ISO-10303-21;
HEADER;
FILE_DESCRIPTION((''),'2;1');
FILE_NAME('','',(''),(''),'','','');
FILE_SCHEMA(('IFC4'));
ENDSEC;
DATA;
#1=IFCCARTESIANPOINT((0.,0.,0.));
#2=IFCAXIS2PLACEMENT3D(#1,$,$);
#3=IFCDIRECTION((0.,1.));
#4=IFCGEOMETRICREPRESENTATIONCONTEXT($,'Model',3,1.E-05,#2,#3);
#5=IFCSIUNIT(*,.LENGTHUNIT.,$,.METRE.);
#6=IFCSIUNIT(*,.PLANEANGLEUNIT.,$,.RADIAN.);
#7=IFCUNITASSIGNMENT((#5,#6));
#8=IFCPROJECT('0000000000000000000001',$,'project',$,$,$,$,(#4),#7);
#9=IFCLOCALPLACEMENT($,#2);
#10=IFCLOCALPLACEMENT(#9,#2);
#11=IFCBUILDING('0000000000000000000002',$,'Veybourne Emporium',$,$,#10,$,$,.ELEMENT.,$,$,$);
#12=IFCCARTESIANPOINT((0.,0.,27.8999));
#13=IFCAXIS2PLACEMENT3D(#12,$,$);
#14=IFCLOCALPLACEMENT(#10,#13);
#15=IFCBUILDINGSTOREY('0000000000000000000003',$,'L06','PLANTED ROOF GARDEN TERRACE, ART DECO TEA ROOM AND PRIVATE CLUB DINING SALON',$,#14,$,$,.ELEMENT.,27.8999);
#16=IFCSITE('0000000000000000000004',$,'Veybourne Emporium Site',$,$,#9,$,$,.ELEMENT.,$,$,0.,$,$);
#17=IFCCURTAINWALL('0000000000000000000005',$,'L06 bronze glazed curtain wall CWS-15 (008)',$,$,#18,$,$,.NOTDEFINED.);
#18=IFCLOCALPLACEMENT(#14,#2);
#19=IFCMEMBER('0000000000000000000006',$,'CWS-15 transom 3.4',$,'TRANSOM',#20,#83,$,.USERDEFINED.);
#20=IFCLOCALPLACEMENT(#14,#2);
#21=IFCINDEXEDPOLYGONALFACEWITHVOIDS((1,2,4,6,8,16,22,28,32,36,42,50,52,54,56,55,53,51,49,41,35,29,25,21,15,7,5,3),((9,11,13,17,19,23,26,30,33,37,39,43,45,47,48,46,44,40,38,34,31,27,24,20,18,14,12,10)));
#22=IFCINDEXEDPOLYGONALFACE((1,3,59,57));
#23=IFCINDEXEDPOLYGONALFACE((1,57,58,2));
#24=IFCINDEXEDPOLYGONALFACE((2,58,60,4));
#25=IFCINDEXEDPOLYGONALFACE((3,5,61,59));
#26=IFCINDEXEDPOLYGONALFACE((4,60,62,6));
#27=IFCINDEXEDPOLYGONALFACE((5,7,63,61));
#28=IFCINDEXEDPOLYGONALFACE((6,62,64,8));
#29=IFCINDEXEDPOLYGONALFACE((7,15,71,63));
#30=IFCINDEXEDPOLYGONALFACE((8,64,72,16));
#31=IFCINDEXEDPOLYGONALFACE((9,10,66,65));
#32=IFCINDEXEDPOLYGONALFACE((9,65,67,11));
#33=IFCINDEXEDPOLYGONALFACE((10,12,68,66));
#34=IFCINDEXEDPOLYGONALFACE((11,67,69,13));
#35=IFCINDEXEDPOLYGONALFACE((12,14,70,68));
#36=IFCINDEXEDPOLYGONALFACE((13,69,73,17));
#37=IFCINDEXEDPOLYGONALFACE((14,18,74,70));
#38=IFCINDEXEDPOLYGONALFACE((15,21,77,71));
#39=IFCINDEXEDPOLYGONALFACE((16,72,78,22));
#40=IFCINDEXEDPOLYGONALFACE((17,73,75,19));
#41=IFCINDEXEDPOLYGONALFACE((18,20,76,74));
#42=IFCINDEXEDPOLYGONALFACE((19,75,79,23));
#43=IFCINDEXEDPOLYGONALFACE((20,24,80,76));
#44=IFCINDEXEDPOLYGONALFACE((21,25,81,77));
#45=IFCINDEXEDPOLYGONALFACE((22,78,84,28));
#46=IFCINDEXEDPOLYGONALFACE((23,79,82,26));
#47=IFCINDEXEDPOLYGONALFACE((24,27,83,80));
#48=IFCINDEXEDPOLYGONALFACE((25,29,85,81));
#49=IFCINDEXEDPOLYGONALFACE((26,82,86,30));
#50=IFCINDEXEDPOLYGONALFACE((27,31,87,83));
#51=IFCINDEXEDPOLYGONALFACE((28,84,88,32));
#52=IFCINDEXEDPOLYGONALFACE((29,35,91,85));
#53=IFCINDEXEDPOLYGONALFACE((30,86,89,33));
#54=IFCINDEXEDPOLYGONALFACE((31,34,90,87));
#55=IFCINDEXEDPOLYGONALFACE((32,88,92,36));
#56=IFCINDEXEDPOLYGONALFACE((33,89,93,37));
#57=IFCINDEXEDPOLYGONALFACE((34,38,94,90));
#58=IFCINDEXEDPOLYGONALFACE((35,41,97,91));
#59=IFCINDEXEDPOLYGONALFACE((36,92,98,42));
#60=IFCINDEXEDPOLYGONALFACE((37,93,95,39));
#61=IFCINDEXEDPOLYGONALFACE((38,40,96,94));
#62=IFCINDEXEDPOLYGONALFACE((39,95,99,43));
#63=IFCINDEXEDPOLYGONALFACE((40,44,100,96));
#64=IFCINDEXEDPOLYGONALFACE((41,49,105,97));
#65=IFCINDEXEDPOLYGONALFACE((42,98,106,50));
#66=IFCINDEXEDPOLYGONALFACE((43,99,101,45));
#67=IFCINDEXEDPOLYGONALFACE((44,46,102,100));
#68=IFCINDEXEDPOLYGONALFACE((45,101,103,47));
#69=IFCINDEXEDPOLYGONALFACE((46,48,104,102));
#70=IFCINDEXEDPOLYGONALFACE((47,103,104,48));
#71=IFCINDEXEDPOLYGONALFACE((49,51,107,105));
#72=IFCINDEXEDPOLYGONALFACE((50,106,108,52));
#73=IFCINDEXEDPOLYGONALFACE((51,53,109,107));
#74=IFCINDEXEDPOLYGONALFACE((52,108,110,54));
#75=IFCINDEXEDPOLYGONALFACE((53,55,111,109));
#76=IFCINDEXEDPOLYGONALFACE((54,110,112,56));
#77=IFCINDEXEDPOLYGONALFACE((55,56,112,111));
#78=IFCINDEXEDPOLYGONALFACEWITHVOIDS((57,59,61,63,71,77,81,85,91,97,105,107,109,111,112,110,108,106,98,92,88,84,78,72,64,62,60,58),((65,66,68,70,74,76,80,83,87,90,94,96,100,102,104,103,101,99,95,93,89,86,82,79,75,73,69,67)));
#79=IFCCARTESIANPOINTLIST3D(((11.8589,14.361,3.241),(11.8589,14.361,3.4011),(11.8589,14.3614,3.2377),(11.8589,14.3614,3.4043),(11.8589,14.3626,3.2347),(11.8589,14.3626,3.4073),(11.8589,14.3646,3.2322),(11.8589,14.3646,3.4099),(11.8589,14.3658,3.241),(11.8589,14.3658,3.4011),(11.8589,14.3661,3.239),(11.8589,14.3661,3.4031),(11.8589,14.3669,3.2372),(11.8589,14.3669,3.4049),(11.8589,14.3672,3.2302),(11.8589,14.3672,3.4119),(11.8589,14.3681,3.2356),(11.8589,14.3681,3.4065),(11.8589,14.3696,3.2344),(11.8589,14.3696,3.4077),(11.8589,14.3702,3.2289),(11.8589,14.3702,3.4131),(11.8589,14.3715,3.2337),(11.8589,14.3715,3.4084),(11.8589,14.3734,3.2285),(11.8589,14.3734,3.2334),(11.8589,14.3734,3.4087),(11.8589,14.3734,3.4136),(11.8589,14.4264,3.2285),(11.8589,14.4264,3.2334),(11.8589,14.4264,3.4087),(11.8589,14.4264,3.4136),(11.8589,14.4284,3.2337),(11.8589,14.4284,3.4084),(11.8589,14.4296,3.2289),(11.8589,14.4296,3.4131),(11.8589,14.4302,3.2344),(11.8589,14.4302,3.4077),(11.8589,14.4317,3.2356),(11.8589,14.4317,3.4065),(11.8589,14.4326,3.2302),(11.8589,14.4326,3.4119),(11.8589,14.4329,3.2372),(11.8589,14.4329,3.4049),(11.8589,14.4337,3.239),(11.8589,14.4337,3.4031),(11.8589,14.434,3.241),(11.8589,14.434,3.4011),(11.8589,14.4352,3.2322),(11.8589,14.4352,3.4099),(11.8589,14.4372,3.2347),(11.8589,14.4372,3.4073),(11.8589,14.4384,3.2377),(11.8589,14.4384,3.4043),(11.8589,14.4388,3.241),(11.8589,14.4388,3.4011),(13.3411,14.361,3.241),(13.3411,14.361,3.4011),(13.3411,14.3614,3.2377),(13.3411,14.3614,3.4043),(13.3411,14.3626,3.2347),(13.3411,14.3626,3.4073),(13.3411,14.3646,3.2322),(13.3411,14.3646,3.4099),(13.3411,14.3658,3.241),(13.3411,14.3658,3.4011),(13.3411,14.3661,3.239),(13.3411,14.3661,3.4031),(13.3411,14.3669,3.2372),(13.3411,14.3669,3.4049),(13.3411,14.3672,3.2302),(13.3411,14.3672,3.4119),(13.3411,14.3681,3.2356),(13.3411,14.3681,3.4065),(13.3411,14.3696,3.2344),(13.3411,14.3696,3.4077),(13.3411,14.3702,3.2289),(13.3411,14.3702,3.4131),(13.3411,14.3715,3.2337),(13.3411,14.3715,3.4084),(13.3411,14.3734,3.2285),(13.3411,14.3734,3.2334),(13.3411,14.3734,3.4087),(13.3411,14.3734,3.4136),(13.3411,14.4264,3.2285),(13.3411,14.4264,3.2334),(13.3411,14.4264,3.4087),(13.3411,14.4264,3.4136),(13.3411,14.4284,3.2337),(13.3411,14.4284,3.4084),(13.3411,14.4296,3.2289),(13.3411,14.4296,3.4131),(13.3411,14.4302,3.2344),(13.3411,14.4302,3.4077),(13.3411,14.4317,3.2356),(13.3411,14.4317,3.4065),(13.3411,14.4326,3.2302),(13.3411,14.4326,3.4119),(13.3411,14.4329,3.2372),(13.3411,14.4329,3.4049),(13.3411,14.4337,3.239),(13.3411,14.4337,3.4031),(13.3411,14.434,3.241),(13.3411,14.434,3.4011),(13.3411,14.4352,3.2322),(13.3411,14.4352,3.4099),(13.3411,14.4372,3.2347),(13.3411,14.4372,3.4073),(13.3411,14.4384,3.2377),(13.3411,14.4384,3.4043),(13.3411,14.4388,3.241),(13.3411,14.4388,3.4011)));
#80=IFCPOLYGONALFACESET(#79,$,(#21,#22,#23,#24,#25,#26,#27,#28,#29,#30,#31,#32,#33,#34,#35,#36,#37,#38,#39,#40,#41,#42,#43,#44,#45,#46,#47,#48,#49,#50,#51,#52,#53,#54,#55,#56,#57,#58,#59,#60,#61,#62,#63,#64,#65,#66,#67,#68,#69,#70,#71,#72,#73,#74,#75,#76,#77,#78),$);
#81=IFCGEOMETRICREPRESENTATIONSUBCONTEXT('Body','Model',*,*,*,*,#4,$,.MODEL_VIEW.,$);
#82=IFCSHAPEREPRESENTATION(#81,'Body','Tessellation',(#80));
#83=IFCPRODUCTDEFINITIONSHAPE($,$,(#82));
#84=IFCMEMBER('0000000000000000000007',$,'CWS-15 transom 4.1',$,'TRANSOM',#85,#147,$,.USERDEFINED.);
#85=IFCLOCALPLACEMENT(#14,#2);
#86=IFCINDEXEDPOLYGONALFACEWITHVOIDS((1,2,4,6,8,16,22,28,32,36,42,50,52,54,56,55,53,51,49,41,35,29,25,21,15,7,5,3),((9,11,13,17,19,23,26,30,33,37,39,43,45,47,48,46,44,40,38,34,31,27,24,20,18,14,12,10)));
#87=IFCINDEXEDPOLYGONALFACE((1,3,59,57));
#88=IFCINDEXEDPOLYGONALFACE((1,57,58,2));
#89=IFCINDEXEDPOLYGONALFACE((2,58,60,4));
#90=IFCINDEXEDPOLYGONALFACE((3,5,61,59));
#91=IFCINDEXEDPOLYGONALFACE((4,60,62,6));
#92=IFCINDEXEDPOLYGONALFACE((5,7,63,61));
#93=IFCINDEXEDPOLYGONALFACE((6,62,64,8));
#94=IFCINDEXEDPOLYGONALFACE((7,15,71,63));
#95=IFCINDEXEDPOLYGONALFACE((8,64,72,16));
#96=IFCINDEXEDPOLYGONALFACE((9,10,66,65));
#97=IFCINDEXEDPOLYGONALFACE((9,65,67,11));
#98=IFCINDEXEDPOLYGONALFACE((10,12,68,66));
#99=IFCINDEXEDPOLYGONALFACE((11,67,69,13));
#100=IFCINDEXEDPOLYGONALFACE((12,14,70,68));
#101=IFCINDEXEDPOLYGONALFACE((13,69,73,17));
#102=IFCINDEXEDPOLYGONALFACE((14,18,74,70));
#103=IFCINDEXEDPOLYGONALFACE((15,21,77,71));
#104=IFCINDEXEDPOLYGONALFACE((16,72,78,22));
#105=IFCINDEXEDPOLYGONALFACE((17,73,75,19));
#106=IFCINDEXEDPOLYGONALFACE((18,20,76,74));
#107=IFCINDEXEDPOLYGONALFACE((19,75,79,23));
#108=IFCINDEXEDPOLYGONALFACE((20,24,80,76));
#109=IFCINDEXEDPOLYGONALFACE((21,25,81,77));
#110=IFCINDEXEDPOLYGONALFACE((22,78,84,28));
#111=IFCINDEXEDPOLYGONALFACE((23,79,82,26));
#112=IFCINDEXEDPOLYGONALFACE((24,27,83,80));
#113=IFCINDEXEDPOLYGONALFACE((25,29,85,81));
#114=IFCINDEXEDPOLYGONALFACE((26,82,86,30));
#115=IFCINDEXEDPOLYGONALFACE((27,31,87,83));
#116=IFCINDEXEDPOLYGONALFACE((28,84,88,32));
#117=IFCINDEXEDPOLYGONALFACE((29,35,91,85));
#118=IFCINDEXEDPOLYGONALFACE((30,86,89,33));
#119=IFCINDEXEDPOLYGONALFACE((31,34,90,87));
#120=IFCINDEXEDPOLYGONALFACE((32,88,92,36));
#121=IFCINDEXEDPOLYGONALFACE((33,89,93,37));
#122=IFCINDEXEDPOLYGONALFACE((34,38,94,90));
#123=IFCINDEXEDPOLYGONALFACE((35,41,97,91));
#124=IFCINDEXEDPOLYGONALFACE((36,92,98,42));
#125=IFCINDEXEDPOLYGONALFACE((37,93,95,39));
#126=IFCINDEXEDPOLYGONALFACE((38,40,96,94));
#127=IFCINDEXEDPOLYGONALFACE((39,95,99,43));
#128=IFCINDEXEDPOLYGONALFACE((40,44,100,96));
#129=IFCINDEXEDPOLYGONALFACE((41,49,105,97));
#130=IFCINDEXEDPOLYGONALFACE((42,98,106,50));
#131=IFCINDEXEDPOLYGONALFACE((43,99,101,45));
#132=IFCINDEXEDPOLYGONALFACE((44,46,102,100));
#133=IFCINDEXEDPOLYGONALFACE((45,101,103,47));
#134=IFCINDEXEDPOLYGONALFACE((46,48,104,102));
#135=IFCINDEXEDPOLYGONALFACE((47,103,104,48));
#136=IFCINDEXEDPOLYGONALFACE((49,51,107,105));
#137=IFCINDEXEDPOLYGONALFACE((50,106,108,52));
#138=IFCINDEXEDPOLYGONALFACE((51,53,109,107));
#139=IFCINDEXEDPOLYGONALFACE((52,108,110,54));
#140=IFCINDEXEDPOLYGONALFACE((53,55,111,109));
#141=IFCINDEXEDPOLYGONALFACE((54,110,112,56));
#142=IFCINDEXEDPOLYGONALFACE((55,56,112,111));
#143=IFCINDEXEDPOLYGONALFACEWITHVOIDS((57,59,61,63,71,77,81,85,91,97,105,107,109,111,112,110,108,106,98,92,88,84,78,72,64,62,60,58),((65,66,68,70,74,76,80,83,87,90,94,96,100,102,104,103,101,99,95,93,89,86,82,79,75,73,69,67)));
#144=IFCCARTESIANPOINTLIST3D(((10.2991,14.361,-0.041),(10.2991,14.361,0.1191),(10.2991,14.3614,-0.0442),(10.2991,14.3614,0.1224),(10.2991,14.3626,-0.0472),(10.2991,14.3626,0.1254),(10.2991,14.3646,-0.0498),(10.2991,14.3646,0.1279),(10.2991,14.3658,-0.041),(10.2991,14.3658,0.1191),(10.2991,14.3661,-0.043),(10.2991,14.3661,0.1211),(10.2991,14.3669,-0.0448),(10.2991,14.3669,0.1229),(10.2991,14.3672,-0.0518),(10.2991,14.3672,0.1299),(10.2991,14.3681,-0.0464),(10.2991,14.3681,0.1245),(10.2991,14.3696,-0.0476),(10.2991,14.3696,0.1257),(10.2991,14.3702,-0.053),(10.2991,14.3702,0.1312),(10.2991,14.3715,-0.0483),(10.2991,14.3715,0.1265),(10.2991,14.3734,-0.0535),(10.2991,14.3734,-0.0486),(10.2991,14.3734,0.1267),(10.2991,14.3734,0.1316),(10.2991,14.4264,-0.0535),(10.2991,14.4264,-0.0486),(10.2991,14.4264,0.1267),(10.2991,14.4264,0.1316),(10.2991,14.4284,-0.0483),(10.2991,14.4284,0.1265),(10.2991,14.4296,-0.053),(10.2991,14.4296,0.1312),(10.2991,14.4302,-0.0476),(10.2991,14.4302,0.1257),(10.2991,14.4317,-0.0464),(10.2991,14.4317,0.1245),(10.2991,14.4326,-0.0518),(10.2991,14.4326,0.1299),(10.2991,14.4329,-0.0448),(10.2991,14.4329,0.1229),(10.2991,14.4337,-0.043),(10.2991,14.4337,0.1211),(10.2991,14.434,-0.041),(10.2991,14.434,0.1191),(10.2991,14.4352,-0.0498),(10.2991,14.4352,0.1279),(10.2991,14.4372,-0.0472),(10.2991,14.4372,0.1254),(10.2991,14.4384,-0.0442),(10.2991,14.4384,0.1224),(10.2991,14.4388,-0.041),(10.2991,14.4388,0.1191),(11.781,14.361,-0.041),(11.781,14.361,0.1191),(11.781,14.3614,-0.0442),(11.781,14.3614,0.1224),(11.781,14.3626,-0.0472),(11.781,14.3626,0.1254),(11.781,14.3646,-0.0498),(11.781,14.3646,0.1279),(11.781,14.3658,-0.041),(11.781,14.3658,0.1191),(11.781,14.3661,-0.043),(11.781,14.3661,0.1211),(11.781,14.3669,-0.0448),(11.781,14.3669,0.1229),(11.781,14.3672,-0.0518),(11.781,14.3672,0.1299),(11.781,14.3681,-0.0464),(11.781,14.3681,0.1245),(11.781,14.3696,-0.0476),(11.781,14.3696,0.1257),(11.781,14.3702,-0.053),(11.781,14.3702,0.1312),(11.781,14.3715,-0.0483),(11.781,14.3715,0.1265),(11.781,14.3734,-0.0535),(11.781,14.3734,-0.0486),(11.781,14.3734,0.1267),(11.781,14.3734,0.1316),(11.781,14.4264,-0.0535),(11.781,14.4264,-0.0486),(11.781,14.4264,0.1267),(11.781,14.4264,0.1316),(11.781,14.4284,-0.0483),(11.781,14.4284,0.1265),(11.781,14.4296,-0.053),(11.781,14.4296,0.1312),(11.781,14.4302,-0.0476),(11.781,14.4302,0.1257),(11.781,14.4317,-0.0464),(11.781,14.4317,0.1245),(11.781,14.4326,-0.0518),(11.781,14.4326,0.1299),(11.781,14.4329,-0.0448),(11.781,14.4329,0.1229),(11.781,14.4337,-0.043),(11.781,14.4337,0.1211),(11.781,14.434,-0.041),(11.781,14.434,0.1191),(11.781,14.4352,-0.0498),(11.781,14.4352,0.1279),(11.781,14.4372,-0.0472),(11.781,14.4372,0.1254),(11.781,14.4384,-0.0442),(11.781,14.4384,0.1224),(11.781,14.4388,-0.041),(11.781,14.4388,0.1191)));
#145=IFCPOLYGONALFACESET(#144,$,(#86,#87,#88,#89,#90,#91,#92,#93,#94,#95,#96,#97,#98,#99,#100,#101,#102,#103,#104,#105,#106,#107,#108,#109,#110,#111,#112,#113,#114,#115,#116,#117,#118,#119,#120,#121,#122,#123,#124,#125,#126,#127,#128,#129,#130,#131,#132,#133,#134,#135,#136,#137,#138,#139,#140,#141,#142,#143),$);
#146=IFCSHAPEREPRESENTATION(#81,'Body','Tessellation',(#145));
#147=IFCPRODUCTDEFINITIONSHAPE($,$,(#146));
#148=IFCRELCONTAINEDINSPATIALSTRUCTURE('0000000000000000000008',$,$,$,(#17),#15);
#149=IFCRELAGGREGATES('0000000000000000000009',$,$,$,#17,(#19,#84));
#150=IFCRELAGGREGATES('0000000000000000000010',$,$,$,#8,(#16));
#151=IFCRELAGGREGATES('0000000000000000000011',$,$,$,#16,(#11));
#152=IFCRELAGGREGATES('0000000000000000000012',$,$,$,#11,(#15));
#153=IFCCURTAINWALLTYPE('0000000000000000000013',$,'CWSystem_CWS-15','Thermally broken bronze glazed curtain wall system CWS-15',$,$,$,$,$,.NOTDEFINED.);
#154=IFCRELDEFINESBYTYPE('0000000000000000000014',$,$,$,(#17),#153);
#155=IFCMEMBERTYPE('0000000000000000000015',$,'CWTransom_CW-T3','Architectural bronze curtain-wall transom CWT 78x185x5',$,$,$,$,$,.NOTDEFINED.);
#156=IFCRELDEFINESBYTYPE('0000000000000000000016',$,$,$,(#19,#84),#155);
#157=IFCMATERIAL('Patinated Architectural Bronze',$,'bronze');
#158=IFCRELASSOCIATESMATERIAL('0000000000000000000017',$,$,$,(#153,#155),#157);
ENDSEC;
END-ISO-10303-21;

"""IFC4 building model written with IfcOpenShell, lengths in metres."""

from ifc_helpers import new_model, si_unit, direction, frame, origin, origin_2d, place, context, subcontext, project, spatial, hollow_rectangle, extrude, material, material_profile, profile_set, type_object, element, aggregate, save


model = new_model("IFC4")

# Units and contexts
model_context = context("Model", 3, precision=1e-05, world=origin(), true_north=direction((0.0, 1.0)))
body_context = subcontext(model_context, "Body", "Model", "MODEL_VIEW")
ifc_project = project(units=[si_unit("LENGTHUNIT", "METRE"), si_unit("PLANEANGLEUNIT", "RADIAN")], contexts=[model_context])

# Site, building, storey
site_placement = place(None, origin())
site = spatial("IfcSite", under=ifc_project, at=site_placement, Name="Veybourne Emporium Site", CompositionType="ELEMENT", RefElevation=0.0)
building_placement = place(site_placement, origin())
building = spatial("IfcBuilding", under=site, at=building_placement, Name="Veybourne Emporium", CompositionType="ELEMENT")
storey_placement = place(building_placement, frame((0.0, 0.0, 27.8999)))
storey = spatial("IfcBuildingStorey", under=building, at=storey_placement, Name="L06", Description="PLANTED ROOF GARDEN TERRACE, ART DECO TEA ROOM AND PRIVATE CLUB DINING SALON", CompositionType="ELEMENT", Elevation=27.8999)

# Curtain wall, members
ifc_material_1 = material(Name="Patinated Architectural Bronze", Category="bronze")
curtain_wall_type = type_object("IfcCurtainWallType", Name="CWSystem_CWS-15", Description="Thermally broken bronze glazed curtain wall system CWS-15", PredefinedType="NOTDEFINED", material=ifc_material_1)
curtain_wall_placement = place(storey_placement, origin())
curtain_wall = element("IfcCurtainWall", 1, at=curtain_wall_placement, inside=storey, type_object=curtain_wall_type, Name="L06 bronze glazed curtain wall CWS-15 (008)", PredefinedType="NOTDEFINED")
ifc_material_profile_1 = material_profile(ifc_material_1, hollow_rectangle(XDim=0.0779, YDim=0.1851, WallThickness=0.0049, InnerFilletRadius=0.0076, OuterFilletRadius=0.0125, at=origin_2d()), Name="CWT 78x185x5")
ifc_profile_set_1 = profile_set([ifc_material_profile_1], Name="Patinated Architectural Bronze")
member_type_1 = type_object("IfcMemberType", Name="CWTransom_CW-T3", Description="Architectural bronze curtain-wall transom CWT 78x185x5", PredefinedType="NOTDEFINED", material=ifc_profile_set_1)
member_1_placement = place(storey_placement, frame((13.3411, 14.3999, 3.321), z_axis=(-1.0, 0.0, 0.0), x_axis=(0.0, -1.0, 0.0)))
member_1 = element("IfcMember", 2, at=member_1_placement, type_object=member_type_1, Name="CWS-15 transom 3.4", ObjectType="TRANSOM", PredefinedType="USERDEFINED", context=body_context, shape_type="SweptSolid", body=[
    extrude(hollow_rectangle(XDim=0.0779, YDim=0.1851, WallThickness=0.0049, InnerFilletRadius=0.0076, OuterFilletRadius=0.0125, at=origin_2d()), origin(), (0.0, 0.0, 1.0), 1.4822),
])
member_2_placement = place(storey_placement, frame((11.781, 14.3999, 0.0391), z_axis=(-1.0, 0.0, 0.0), x_axis=(0.0, -1.0, 0.0)))
member_2 = element("IfcMember", 3, at=member_2_placement, type_object=member_type_1, Name="CWS-15 transom 4.1", ObjectType="TRANSOM", PredefinedType="USERDEFINED", context=body_context, shape_type="SweptSolid", body=[
    extrude(hollow_rectangle(XDim=0.0779, YDim=0.1851, WallThickness=0.0049, InnerFilletRadius=0.0076, OuterFilletRadius=0.0125, at=origin_2d()), origin(), (0.0, 0.0, 1.0), 1.4819),
])
aggregate(curtain_wall, [member_1, member_2])

save(model, "model.ifc")
